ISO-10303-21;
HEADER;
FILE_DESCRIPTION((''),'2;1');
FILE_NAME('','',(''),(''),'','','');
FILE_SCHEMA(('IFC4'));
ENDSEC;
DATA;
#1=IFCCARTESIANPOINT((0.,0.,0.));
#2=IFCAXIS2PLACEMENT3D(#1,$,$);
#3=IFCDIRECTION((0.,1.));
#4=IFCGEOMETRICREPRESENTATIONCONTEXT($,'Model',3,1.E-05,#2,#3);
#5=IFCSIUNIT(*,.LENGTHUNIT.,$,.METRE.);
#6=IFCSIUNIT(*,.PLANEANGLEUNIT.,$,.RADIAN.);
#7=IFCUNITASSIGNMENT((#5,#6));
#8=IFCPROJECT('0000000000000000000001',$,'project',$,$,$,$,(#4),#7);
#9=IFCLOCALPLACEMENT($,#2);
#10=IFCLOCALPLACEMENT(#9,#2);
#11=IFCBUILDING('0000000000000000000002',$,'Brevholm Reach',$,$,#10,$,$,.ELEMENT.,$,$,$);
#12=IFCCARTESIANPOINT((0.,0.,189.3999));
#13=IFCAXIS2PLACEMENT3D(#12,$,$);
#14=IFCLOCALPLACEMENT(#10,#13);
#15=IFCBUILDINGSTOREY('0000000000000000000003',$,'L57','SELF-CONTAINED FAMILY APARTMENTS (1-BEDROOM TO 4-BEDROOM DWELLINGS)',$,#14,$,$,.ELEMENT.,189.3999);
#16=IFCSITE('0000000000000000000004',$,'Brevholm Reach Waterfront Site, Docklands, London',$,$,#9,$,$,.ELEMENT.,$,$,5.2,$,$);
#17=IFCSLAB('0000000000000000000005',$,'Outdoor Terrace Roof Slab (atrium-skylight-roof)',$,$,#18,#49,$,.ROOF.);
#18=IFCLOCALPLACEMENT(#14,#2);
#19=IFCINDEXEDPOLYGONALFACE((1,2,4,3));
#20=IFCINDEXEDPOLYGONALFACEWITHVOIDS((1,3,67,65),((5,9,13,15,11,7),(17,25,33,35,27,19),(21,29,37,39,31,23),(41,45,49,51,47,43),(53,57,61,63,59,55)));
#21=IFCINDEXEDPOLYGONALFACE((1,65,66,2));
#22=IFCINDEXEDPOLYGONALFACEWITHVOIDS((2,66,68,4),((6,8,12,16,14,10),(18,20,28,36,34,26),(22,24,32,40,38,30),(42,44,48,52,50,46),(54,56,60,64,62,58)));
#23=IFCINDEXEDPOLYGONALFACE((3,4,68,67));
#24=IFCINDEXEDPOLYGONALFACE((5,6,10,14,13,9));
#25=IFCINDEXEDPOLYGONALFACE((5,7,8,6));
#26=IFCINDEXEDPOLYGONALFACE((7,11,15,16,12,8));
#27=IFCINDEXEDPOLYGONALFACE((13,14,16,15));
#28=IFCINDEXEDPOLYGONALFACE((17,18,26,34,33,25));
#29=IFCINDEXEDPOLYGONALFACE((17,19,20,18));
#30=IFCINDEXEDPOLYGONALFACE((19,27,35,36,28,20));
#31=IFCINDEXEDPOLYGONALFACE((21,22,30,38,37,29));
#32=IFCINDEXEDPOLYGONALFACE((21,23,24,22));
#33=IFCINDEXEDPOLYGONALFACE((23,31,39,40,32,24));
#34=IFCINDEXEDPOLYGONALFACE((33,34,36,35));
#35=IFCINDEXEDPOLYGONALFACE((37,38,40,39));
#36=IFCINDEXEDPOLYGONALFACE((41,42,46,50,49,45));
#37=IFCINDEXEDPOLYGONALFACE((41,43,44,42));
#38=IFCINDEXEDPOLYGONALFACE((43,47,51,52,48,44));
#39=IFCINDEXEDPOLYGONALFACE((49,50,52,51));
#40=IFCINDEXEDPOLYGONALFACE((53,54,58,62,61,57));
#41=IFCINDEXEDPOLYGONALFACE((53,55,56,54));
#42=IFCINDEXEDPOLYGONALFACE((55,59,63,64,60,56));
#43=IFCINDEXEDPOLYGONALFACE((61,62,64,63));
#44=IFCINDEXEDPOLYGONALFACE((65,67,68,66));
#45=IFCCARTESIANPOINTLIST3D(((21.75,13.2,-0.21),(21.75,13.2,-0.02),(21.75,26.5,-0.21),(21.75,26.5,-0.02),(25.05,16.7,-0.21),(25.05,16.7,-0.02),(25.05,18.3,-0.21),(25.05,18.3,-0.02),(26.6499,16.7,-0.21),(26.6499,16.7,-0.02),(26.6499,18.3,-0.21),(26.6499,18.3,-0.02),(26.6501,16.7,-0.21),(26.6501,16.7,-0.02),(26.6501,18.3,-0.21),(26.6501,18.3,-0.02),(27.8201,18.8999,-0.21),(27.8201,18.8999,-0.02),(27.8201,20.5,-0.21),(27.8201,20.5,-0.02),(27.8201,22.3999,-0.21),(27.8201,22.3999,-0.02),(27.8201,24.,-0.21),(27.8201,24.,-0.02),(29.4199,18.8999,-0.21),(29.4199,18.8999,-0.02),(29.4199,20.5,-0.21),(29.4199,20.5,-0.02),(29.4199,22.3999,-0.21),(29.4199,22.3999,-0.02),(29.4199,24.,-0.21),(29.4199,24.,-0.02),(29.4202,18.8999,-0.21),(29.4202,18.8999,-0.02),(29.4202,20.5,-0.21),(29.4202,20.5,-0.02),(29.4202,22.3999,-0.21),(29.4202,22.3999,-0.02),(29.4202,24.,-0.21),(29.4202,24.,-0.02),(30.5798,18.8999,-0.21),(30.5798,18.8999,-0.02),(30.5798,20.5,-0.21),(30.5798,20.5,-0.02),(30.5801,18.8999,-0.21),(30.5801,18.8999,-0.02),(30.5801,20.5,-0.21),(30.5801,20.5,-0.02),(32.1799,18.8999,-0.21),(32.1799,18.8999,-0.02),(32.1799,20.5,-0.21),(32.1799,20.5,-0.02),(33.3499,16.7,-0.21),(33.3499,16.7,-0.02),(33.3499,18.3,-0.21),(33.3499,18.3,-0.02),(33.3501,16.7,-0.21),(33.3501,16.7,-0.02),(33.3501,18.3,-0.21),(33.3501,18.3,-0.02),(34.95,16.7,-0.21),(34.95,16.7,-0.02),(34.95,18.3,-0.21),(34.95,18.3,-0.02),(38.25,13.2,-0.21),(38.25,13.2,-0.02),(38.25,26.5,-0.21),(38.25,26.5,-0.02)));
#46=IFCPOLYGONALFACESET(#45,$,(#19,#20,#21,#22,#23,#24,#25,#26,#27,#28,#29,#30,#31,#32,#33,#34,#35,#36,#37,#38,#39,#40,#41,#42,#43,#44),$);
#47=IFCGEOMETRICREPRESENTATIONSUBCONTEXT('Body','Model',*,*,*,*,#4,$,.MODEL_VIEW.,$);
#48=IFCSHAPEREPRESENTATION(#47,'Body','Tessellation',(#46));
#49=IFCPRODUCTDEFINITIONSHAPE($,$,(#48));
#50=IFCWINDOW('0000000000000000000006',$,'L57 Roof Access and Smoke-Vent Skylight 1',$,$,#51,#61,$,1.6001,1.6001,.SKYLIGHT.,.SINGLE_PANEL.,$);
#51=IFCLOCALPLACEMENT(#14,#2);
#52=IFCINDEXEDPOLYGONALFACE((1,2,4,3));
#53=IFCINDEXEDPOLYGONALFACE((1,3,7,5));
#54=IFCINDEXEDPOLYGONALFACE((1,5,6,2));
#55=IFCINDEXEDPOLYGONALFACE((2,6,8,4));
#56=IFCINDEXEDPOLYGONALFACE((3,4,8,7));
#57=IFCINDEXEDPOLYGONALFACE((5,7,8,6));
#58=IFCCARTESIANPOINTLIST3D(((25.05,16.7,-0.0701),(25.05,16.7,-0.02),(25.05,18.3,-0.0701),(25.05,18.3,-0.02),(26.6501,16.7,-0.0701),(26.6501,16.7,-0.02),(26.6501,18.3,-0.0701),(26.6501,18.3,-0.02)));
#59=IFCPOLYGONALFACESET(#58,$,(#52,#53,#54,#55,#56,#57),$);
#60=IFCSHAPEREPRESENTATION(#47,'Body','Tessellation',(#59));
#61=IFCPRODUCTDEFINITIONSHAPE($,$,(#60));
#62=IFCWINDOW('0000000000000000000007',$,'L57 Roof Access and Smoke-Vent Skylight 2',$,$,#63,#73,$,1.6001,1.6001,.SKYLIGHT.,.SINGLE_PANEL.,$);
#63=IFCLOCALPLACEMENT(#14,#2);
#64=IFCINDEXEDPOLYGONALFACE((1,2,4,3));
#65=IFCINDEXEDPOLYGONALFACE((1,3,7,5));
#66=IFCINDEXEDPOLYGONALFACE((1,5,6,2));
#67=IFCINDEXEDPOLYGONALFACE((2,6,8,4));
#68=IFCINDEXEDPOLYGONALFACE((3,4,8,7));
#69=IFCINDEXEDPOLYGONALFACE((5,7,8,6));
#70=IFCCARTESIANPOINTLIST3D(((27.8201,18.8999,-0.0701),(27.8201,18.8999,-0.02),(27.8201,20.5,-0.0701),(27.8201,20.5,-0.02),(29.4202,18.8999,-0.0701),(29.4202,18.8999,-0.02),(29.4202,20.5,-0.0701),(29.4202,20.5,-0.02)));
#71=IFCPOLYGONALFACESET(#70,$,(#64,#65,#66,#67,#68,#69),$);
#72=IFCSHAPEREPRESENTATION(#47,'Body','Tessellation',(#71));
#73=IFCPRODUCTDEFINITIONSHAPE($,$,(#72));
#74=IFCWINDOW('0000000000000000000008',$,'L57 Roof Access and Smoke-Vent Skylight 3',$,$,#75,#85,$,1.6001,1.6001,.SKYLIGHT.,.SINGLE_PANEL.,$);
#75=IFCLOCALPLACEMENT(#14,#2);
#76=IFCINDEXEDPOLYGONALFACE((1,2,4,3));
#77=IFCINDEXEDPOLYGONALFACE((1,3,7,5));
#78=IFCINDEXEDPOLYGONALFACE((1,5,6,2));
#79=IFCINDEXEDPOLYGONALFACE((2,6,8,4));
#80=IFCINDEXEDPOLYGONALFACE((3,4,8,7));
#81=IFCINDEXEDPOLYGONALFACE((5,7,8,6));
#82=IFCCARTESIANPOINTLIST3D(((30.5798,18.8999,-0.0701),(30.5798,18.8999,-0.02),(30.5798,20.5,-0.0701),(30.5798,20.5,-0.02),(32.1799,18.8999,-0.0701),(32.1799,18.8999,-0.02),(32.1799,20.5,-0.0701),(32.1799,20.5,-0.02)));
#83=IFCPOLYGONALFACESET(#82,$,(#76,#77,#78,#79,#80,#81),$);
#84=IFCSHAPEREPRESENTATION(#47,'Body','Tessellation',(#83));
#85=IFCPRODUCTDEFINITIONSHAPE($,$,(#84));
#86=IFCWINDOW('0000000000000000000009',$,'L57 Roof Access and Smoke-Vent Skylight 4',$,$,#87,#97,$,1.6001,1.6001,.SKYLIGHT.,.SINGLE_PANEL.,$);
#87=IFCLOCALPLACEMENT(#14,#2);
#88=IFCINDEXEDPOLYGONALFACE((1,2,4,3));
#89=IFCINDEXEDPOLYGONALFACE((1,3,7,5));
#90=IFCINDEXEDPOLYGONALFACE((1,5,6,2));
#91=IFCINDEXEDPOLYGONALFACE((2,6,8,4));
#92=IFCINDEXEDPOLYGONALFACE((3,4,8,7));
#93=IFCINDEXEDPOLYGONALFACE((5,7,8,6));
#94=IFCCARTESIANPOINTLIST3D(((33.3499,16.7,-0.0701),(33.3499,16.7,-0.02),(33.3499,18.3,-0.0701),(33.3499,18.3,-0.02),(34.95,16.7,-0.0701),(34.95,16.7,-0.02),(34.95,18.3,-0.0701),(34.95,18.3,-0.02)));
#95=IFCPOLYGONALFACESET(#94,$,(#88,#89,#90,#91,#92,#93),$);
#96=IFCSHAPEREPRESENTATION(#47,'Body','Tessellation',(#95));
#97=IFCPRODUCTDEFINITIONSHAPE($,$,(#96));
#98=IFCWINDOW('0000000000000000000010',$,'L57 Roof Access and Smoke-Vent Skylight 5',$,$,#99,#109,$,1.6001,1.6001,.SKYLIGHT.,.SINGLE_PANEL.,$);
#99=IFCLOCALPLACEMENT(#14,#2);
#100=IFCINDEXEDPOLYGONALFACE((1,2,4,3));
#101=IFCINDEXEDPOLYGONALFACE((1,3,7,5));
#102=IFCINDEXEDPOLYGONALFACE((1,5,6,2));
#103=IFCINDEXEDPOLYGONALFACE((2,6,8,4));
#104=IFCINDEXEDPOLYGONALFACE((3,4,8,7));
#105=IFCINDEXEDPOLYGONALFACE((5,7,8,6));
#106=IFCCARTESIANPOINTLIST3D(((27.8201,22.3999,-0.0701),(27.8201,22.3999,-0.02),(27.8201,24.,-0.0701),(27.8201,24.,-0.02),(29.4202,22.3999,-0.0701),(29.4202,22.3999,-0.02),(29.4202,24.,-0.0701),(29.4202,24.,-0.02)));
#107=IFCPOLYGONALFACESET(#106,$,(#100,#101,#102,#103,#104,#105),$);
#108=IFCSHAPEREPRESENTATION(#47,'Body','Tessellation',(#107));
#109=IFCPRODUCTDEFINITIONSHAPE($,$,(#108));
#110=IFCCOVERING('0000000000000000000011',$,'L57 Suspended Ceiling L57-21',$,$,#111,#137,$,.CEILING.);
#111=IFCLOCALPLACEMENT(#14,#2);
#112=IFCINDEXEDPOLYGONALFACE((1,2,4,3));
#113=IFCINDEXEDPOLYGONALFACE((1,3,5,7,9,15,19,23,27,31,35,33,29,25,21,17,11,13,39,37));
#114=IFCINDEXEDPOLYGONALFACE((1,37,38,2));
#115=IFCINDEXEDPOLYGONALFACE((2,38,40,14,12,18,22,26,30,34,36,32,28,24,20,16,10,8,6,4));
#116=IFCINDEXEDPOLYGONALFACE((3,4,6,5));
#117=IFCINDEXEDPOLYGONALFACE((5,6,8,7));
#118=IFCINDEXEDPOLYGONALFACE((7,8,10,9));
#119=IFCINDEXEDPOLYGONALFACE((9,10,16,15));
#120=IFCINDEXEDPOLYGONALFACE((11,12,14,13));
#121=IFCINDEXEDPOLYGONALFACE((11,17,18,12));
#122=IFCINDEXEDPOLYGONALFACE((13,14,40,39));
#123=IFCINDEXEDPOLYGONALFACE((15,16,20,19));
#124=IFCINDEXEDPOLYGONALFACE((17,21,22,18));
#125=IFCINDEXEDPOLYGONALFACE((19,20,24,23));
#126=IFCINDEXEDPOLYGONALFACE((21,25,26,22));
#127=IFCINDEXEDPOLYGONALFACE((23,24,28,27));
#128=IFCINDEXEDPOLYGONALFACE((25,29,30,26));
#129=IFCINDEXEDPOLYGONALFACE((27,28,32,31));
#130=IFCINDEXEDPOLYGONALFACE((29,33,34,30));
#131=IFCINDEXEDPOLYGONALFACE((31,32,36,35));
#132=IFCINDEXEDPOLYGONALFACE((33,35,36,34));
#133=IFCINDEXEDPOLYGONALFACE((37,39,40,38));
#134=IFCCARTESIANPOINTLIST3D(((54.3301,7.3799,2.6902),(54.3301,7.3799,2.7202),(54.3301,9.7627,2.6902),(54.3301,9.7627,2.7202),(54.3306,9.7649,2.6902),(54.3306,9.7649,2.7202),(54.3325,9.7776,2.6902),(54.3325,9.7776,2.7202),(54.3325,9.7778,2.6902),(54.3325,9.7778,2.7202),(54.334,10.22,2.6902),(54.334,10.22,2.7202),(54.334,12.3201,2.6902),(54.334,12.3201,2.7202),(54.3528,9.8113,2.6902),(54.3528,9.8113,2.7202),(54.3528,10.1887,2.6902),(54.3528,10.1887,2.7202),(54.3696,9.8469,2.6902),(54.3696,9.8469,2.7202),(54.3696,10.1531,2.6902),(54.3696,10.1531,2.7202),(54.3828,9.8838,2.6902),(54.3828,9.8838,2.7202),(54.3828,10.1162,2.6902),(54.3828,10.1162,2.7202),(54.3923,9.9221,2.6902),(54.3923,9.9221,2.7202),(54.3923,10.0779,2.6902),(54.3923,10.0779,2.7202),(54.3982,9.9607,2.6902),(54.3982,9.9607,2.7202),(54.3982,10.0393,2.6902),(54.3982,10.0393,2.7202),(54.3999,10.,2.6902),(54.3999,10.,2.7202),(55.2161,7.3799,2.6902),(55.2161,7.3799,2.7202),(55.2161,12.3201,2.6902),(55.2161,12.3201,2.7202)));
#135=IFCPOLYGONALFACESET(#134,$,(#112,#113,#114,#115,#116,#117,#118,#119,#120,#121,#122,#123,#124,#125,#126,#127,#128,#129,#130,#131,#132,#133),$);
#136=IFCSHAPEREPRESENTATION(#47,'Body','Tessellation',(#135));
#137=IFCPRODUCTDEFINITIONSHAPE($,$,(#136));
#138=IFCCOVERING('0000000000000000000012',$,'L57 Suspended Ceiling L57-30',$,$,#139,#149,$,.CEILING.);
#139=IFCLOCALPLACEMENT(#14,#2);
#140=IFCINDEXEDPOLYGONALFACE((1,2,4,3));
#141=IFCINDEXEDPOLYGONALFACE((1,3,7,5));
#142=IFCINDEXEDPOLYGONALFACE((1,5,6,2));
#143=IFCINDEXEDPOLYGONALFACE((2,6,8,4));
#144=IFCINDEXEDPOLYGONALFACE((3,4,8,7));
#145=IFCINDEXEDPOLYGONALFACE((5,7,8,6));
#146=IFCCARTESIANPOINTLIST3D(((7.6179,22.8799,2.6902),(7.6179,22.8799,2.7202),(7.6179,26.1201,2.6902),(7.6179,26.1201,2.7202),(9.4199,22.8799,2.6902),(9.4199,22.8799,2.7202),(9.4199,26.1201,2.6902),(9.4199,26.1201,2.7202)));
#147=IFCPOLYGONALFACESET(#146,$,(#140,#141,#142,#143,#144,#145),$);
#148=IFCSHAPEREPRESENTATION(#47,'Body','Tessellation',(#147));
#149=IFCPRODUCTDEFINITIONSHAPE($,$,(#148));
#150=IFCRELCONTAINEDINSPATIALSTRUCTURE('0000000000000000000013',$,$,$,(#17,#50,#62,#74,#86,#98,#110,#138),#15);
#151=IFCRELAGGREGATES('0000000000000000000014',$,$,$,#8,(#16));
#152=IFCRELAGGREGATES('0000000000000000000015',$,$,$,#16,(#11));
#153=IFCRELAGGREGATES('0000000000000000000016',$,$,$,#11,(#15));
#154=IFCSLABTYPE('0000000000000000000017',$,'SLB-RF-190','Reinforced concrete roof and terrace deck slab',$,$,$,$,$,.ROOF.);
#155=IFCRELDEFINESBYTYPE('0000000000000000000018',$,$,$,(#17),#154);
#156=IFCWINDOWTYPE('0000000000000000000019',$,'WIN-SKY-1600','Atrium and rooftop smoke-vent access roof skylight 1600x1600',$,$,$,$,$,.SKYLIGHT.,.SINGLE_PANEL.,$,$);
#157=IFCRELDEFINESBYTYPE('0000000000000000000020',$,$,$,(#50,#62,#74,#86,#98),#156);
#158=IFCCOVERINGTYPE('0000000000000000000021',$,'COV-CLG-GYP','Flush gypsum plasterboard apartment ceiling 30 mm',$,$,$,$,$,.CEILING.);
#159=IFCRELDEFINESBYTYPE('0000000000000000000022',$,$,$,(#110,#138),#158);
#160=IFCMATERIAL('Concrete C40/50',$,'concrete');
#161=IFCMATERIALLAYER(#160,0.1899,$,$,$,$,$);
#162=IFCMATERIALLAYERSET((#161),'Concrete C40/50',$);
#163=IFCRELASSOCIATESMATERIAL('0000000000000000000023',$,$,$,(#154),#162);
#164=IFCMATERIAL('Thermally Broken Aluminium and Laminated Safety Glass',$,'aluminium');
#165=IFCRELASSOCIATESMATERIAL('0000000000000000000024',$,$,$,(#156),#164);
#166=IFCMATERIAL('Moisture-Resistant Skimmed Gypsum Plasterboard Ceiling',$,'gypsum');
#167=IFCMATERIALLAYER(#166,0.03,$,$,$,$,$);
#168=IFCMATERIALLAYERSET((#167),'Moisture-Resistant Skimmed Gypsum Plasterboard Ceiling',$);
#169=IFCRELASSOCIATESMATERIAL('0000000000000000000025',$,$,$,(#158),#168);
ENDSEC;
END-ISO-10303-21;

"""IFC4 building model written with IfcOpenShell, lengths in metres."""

from ifc_helpers import new_model, si_unit, direction, frame, origin, origin_2d, place, context, subcontext, project, spatial, polyline, rectangle, outline, extrude, material, layer, layer_set, type_object, element, fill, save


model = new_model("IFC4")

# Units and contexts
model_context = context("Model", 3, precision=1e-05, world=origin(), true_north=direction((0.0, 1.0)))
body_context = subcontext(model_context, "Body", "Model", "MODEL_VIEW")
ifc_project = project(units=[si_unit("LENGTHUNIT", "METRE"), si_unit("PLANEANGLEUNIT", "RADIAN")], contexts=[model_context])

# Site, building, storey
site_placement = place(None, origin())
site = spatial("IfcSite", under=ifc_project, at=site_placement, Name="Brevholm Reach Waterfront Site, Docklands, London", CompositionType="ELEMENT", RefElevation=5.2)
building_placement = place(site_placement, origin())
building = spatial("IfcBuilding", under=site, at=building_placement, Name="Brevholm Reach", CompositionType="ELEMENT")
storey_placement = place(building_placement, frame((0.0, 0.0, 189.3999)))
storey = spatial("IfcBuildingStorey", under=building, at=storey_placement, Name="L57", Description="SELF-CONTAINED FAMILY APARTMENTS (1-BEDROOM TO 4-BEDROOM DWELLINGS)", CompositionType="ELEMENT", Elevation=189.3999)

# Slab, openings, windows
ifc_material_1 = material(Name="Concrete C40/50", Category="concrete")
ifc_layer_1 = layer(ifc_material_1, 0.1899)
ifc_layer_set_1 = layer_set([ifc_layer_1], Name="Concrete C40/50")
slab_type_1 = type_object("IfcSlabType", Name="SLB-RF-190", Description="Reinforced concrete roof and terrace deck slab", PredefinedType="ROOF", material=ifc_layer_set_1)
slab_1_placement = place(storey_placement, frame((0.0, 0.0, -0.21)))
slab_1 = element("IfcSlab", 1, at=slab_1_placement, inside=storey, type_object=slab_type_1, Name="Outdoor Terrace Roof Slab (atrium-skylight-roof)", PredefinedType="ROOF", context=body_context, shape_type="SweptSolid", body=[
    extrude(outline(polyline([(21.75, 13.2), (38.25, 13.2), (38.25, 26.5), (21.75, 26.5), (21.75, 13.2)]), holes=[polyline([(25.05, 16.7), (26.6499, 16.7), (26.6499, 18.3), (25.05, 18.3), (25.05, 16.7)]), polyline([(27.8201, 18.8999), (29.4199, 18.8999), (29.4199, 20.5), (27.8201, 20.5), (27.8201, 18.8999)]), polyline([(30.5801, 18.8999), (32.1799, 18.8999), (32.1799, 20.5), (30.5801, 20.5), (30.5801, 18.8999)]), polyline([(33.3501, 16.7), (34.95, 16.7), (34.95, 18.3), (33.3501, 18.3), (33.3501, 16.7)]), polyline([(27.8201, 22.3999), (29.4199, 22.3999), (29.4199, 24.0), (27.8201, 24.0), (27.8201, 22.3999)])]), origin(), (0.0, 0.0, 1.0), 0.1899),
])
opening_1_placement = place(slab_1_placement, frame((25.8501, 17.5, 0.0)))
opening_1 = element("IfcOpeningElement", 2, at=opening_1_placement, cuts=slab_1, PredefinedType="OPENING", context=body_context, shape_type="SweptSolid", body=[
    extrude(rectangle(XDim=1.6001, YDim=1.6001, at=origin_2d()), origin(), (0.0, 0.0, 1.0), 0.1899),
])
opening_2_placement = place(slab_1_placement, frame((28.6201, 19.7, 0.0)))
opening_2 = element("IfcOpeningElement", 3, at=opening_2_placement, cuts=slab_1, PredefinedType="OPENING", context=body_context, shape_type="SweptSolid", body=[
    extrude(rectangle(XDim=1.6001, YDim=1.6001, at=origin_2d()), origin(), (0.0, 0.0, 1.0), 0.1899),
])
opening_3_placement = place(slab_1_placement, frame((31.3799, 19.7, 0.0)))
opening_3 = element("IfcOpeningElement", 4, at=opening_3_placement, cuts=slab_1, PredefinedType="OPENING", context=body_context, shape_type="SweptSolid", body=[
    extrude(rectangle(XDim=1.6001, YDim=1.6001, at=origin_2d()), origin(), (0.0, 0.0, 1.0), 0.1899),
])
opening_4_placement = place(slab_1_placement, frame((34.1499, 17.5, 0.0)))
opening_4 = element("IfcOpeningElement", 5, at=opening_4_placement, cuts=slab_1, PredefinedType="OPENING", context=body_context, shape_type="SweptSolid", body=[
    extrude(rectangle(XDim=1.6001, YDim=1.6001, at=origin_2d()), origin(), (0.0, 0.0, 1.0), 0.1899),
])
opening_5_placement = place(slab_1_placement, frame((28.6201, 23.2, 0.0)))
opening_5 = element("IfcOpeningElement", 6, at=opening_5_placement, cuts=slab_1, PredefinedType="OPENING", context=body_context, shape_type="SweptSolid", body=[
    extrude(rectangle(XDim=1.6001, YDim=1.6001, at=origin_2d()), origin(), (0.0, 0.0, 1.0), 0.1899),
])
ifc_material_2 = material(Name="Thermally Broken Aluminium and Laminated Safety Glass", Category="aluminium")
window_type = type_object("IfcWindowType", Name="WIN-SKY-1600", Description="Atrium and rooftop smoke-vent access roof skylight 1600x1600", PartitioningType="SINGLE_PANEL", PredefinedType="SKYLIGHT", material=ifc_material_2)
window_1_placement = place(opening_1_placement, frame((0.0, 0.0, 0.1399)))
window_1 = element("IfcWindow", 7, at=window_1_placement, inside=storey, type_object=window_type, Name="L57 Roof Access and Smoke-Vent Skylight 1", OverallHeight=1.6001, OverallWidth=1.6001, PartitioningType="SINGLE_PANEL", PredefinedType="SKYLIGHT", context=body_context, shape_type="SweptSolid", body=[
    extrude(rectangle(XDim=1.6001, YDim=1.6001, at=origin_2d()), origin(), (0.0, 0.0, 1.0), 0.05),
])
fill(opening_1, window_1)
window_2_placement = place(opening_2_placement, frame((0.0, 0.0, 0.1399)))
window_2 = element("IfcWindow", 8, at=window_2_placement, inside=storey, type_object=window_type, Name="L57 Roof Access and Smoke-Vent Skylight 2", OverallHeight=1.6001, OverallWidth=1.6001, PartitioningType="SINGLE_PANEL", PredefinedType="SKYLIGHT", context=body_context, shape_type="SweptSolid", body=[
    extrude(rectangle(XDim=1.6001, YDim=1.6001, at=origin_2d()), origin(), (0.0, 0.0, 1.0), 0.05),
])
fill(opening_2, window_2)
window_3_placement = place(opening_3_placement, frame((0.0, 0.0, 0.1399)))
window_3 = element("IfcWindow", 9, at=window_3_placement, inside=storey, type_object=window_type, Name="L57 Roof Access and Smoke-Vent Skylight 3", OverallHeight=1.6001, OverallWidth=1.6001, PartitioningType="SINGLE_PANEL", PredefinedType="SKYLIGHT", context=body_context, shape_type="SweptSolid", body=[
    extrude(rectangle(XDim=1.6001, YDim=1.6001, at=origin_2d()), origin(), (0.0, 0.0, 1.0), 0.05),
])
fill(opening_3, window_3)
window_4_placement = place(opening_4_placement, frame((0.0, 0.0, 0.1399)))
window_4 = element("IfcWindow", 10, at=window_4_placement, inside=storey, type_object=window_type, Name="L57 Roof Access and Smoke-Vent Skylight 4", OverallHeight=1.6001, OverallWidth=1.6001, PartitioningType="SINGLE_PANEL", PredefinedType="SKYLIGHT", context=body_context, shape_type="SweptSolid", body=[
    extrude(rectangle(XDim=1.6001, YDim=1.6001, at=origin_2d()), origin(), (0.0, 0.0, 1.0), 0.05),
])
fill(opening_4, window_4)
window_5_placement = place(opening_5_placement, frame((0.0, 0.0, 0.1399)))
window_5 = element("IfcWindow", 11, at=window_5_placement, inside=storey, type_object=window_type, Name="L57 Roof Access and Smoke-Vent Skylight 5", OverallHeight=1.6001, OverallWidth=1.6001, PartitioningType="SINGLE_PANEL", PredefinedType="SKYLIGHT", context=body_context, shape_type="SweptSolid", body=[
    extrude(rectangle(XDim=1.6001, YDim=1.6001, at=origin_2d()), origin(), (0.0, 0.0, 1.0), 0.05),
])
fill(opening_5, window_5)

# Coverings
ifc_material_3 = material(Name="Moisture-Resistant Skimmed Gypsum Plasterboard Ceiling", Category="gypsum")
ifc_layer_2 = layer(ifc_material_3, 0.03)
ifc_layer_set_2 = layer_set([ifc_layer_2], Name="Moisture-Resistant Skimmed Gypsum Plasterboard Ceiling")
covering_type_1 = type_object("IfcCoveringType", Name="COV-CLG-GYP", Description="Flush gypsum plasterboard apartment ceiling 30 mm", PredefinedType="CEILING", material=ifc_layer_set_2)
covering_1_placement = place(storey_placement, frame((0.0, 0.0, 2.6902)))
element("IfcCovering", 12, at=covering_1_placement, inside=storey, type_object=covering_type_1, Name="L57 Suspended Ceiling L57-21", PredefinedType="CEILING", context=body_context, shape_type="SweptSolid", body=[
    extrude(outline(polyline([(54.3301, 9.7627), (54.3306, 9.7649), (54.3325, 9.7776), (54.3325, 9.7778), (54.3528, 9.8113), (54.3696, 9.8469), (54.3828, 9.8838), (54.3923, 9.9221), (54.3982, 9.9607), (54.3999, 10.0), (54.3982, 10.0393), (54.3923, 10.0779), (54.3828, 10.1162), (54.3696, 10.1531), (54.3528, 10.1887), (54.334, 10.22), (54.334, 12.3201), (55.2161, 12.3201), (55.2161, 7.3799), (54.3301, 7.3799), (54.3301, 9.7627)])), origin(), (0.0, 0.0, 1.0), 0.03),
])
covering_2_placement = place(storey_placement, frame((0.0, 0.0, 2.6902)))
element("IfcCovering", 13, at=covering_2_placement, inside=storey, type_object=covering_type_1, Name="L57 Suspended Ceiling L57-30", PredefinedType="CEILING", context=body_context, shape_type="SweptSolid", body=[
    extrude(outline(polyline([(7.6179, 26.1201), (9.4199, 26.1201), (9.4199, 22.8799), (7.6179, 22.8799), (7.6179, 26.1201)])), origin(), (0.0, 0.0, 1.0), 0.03),
])

save(model, "model.ifc")
